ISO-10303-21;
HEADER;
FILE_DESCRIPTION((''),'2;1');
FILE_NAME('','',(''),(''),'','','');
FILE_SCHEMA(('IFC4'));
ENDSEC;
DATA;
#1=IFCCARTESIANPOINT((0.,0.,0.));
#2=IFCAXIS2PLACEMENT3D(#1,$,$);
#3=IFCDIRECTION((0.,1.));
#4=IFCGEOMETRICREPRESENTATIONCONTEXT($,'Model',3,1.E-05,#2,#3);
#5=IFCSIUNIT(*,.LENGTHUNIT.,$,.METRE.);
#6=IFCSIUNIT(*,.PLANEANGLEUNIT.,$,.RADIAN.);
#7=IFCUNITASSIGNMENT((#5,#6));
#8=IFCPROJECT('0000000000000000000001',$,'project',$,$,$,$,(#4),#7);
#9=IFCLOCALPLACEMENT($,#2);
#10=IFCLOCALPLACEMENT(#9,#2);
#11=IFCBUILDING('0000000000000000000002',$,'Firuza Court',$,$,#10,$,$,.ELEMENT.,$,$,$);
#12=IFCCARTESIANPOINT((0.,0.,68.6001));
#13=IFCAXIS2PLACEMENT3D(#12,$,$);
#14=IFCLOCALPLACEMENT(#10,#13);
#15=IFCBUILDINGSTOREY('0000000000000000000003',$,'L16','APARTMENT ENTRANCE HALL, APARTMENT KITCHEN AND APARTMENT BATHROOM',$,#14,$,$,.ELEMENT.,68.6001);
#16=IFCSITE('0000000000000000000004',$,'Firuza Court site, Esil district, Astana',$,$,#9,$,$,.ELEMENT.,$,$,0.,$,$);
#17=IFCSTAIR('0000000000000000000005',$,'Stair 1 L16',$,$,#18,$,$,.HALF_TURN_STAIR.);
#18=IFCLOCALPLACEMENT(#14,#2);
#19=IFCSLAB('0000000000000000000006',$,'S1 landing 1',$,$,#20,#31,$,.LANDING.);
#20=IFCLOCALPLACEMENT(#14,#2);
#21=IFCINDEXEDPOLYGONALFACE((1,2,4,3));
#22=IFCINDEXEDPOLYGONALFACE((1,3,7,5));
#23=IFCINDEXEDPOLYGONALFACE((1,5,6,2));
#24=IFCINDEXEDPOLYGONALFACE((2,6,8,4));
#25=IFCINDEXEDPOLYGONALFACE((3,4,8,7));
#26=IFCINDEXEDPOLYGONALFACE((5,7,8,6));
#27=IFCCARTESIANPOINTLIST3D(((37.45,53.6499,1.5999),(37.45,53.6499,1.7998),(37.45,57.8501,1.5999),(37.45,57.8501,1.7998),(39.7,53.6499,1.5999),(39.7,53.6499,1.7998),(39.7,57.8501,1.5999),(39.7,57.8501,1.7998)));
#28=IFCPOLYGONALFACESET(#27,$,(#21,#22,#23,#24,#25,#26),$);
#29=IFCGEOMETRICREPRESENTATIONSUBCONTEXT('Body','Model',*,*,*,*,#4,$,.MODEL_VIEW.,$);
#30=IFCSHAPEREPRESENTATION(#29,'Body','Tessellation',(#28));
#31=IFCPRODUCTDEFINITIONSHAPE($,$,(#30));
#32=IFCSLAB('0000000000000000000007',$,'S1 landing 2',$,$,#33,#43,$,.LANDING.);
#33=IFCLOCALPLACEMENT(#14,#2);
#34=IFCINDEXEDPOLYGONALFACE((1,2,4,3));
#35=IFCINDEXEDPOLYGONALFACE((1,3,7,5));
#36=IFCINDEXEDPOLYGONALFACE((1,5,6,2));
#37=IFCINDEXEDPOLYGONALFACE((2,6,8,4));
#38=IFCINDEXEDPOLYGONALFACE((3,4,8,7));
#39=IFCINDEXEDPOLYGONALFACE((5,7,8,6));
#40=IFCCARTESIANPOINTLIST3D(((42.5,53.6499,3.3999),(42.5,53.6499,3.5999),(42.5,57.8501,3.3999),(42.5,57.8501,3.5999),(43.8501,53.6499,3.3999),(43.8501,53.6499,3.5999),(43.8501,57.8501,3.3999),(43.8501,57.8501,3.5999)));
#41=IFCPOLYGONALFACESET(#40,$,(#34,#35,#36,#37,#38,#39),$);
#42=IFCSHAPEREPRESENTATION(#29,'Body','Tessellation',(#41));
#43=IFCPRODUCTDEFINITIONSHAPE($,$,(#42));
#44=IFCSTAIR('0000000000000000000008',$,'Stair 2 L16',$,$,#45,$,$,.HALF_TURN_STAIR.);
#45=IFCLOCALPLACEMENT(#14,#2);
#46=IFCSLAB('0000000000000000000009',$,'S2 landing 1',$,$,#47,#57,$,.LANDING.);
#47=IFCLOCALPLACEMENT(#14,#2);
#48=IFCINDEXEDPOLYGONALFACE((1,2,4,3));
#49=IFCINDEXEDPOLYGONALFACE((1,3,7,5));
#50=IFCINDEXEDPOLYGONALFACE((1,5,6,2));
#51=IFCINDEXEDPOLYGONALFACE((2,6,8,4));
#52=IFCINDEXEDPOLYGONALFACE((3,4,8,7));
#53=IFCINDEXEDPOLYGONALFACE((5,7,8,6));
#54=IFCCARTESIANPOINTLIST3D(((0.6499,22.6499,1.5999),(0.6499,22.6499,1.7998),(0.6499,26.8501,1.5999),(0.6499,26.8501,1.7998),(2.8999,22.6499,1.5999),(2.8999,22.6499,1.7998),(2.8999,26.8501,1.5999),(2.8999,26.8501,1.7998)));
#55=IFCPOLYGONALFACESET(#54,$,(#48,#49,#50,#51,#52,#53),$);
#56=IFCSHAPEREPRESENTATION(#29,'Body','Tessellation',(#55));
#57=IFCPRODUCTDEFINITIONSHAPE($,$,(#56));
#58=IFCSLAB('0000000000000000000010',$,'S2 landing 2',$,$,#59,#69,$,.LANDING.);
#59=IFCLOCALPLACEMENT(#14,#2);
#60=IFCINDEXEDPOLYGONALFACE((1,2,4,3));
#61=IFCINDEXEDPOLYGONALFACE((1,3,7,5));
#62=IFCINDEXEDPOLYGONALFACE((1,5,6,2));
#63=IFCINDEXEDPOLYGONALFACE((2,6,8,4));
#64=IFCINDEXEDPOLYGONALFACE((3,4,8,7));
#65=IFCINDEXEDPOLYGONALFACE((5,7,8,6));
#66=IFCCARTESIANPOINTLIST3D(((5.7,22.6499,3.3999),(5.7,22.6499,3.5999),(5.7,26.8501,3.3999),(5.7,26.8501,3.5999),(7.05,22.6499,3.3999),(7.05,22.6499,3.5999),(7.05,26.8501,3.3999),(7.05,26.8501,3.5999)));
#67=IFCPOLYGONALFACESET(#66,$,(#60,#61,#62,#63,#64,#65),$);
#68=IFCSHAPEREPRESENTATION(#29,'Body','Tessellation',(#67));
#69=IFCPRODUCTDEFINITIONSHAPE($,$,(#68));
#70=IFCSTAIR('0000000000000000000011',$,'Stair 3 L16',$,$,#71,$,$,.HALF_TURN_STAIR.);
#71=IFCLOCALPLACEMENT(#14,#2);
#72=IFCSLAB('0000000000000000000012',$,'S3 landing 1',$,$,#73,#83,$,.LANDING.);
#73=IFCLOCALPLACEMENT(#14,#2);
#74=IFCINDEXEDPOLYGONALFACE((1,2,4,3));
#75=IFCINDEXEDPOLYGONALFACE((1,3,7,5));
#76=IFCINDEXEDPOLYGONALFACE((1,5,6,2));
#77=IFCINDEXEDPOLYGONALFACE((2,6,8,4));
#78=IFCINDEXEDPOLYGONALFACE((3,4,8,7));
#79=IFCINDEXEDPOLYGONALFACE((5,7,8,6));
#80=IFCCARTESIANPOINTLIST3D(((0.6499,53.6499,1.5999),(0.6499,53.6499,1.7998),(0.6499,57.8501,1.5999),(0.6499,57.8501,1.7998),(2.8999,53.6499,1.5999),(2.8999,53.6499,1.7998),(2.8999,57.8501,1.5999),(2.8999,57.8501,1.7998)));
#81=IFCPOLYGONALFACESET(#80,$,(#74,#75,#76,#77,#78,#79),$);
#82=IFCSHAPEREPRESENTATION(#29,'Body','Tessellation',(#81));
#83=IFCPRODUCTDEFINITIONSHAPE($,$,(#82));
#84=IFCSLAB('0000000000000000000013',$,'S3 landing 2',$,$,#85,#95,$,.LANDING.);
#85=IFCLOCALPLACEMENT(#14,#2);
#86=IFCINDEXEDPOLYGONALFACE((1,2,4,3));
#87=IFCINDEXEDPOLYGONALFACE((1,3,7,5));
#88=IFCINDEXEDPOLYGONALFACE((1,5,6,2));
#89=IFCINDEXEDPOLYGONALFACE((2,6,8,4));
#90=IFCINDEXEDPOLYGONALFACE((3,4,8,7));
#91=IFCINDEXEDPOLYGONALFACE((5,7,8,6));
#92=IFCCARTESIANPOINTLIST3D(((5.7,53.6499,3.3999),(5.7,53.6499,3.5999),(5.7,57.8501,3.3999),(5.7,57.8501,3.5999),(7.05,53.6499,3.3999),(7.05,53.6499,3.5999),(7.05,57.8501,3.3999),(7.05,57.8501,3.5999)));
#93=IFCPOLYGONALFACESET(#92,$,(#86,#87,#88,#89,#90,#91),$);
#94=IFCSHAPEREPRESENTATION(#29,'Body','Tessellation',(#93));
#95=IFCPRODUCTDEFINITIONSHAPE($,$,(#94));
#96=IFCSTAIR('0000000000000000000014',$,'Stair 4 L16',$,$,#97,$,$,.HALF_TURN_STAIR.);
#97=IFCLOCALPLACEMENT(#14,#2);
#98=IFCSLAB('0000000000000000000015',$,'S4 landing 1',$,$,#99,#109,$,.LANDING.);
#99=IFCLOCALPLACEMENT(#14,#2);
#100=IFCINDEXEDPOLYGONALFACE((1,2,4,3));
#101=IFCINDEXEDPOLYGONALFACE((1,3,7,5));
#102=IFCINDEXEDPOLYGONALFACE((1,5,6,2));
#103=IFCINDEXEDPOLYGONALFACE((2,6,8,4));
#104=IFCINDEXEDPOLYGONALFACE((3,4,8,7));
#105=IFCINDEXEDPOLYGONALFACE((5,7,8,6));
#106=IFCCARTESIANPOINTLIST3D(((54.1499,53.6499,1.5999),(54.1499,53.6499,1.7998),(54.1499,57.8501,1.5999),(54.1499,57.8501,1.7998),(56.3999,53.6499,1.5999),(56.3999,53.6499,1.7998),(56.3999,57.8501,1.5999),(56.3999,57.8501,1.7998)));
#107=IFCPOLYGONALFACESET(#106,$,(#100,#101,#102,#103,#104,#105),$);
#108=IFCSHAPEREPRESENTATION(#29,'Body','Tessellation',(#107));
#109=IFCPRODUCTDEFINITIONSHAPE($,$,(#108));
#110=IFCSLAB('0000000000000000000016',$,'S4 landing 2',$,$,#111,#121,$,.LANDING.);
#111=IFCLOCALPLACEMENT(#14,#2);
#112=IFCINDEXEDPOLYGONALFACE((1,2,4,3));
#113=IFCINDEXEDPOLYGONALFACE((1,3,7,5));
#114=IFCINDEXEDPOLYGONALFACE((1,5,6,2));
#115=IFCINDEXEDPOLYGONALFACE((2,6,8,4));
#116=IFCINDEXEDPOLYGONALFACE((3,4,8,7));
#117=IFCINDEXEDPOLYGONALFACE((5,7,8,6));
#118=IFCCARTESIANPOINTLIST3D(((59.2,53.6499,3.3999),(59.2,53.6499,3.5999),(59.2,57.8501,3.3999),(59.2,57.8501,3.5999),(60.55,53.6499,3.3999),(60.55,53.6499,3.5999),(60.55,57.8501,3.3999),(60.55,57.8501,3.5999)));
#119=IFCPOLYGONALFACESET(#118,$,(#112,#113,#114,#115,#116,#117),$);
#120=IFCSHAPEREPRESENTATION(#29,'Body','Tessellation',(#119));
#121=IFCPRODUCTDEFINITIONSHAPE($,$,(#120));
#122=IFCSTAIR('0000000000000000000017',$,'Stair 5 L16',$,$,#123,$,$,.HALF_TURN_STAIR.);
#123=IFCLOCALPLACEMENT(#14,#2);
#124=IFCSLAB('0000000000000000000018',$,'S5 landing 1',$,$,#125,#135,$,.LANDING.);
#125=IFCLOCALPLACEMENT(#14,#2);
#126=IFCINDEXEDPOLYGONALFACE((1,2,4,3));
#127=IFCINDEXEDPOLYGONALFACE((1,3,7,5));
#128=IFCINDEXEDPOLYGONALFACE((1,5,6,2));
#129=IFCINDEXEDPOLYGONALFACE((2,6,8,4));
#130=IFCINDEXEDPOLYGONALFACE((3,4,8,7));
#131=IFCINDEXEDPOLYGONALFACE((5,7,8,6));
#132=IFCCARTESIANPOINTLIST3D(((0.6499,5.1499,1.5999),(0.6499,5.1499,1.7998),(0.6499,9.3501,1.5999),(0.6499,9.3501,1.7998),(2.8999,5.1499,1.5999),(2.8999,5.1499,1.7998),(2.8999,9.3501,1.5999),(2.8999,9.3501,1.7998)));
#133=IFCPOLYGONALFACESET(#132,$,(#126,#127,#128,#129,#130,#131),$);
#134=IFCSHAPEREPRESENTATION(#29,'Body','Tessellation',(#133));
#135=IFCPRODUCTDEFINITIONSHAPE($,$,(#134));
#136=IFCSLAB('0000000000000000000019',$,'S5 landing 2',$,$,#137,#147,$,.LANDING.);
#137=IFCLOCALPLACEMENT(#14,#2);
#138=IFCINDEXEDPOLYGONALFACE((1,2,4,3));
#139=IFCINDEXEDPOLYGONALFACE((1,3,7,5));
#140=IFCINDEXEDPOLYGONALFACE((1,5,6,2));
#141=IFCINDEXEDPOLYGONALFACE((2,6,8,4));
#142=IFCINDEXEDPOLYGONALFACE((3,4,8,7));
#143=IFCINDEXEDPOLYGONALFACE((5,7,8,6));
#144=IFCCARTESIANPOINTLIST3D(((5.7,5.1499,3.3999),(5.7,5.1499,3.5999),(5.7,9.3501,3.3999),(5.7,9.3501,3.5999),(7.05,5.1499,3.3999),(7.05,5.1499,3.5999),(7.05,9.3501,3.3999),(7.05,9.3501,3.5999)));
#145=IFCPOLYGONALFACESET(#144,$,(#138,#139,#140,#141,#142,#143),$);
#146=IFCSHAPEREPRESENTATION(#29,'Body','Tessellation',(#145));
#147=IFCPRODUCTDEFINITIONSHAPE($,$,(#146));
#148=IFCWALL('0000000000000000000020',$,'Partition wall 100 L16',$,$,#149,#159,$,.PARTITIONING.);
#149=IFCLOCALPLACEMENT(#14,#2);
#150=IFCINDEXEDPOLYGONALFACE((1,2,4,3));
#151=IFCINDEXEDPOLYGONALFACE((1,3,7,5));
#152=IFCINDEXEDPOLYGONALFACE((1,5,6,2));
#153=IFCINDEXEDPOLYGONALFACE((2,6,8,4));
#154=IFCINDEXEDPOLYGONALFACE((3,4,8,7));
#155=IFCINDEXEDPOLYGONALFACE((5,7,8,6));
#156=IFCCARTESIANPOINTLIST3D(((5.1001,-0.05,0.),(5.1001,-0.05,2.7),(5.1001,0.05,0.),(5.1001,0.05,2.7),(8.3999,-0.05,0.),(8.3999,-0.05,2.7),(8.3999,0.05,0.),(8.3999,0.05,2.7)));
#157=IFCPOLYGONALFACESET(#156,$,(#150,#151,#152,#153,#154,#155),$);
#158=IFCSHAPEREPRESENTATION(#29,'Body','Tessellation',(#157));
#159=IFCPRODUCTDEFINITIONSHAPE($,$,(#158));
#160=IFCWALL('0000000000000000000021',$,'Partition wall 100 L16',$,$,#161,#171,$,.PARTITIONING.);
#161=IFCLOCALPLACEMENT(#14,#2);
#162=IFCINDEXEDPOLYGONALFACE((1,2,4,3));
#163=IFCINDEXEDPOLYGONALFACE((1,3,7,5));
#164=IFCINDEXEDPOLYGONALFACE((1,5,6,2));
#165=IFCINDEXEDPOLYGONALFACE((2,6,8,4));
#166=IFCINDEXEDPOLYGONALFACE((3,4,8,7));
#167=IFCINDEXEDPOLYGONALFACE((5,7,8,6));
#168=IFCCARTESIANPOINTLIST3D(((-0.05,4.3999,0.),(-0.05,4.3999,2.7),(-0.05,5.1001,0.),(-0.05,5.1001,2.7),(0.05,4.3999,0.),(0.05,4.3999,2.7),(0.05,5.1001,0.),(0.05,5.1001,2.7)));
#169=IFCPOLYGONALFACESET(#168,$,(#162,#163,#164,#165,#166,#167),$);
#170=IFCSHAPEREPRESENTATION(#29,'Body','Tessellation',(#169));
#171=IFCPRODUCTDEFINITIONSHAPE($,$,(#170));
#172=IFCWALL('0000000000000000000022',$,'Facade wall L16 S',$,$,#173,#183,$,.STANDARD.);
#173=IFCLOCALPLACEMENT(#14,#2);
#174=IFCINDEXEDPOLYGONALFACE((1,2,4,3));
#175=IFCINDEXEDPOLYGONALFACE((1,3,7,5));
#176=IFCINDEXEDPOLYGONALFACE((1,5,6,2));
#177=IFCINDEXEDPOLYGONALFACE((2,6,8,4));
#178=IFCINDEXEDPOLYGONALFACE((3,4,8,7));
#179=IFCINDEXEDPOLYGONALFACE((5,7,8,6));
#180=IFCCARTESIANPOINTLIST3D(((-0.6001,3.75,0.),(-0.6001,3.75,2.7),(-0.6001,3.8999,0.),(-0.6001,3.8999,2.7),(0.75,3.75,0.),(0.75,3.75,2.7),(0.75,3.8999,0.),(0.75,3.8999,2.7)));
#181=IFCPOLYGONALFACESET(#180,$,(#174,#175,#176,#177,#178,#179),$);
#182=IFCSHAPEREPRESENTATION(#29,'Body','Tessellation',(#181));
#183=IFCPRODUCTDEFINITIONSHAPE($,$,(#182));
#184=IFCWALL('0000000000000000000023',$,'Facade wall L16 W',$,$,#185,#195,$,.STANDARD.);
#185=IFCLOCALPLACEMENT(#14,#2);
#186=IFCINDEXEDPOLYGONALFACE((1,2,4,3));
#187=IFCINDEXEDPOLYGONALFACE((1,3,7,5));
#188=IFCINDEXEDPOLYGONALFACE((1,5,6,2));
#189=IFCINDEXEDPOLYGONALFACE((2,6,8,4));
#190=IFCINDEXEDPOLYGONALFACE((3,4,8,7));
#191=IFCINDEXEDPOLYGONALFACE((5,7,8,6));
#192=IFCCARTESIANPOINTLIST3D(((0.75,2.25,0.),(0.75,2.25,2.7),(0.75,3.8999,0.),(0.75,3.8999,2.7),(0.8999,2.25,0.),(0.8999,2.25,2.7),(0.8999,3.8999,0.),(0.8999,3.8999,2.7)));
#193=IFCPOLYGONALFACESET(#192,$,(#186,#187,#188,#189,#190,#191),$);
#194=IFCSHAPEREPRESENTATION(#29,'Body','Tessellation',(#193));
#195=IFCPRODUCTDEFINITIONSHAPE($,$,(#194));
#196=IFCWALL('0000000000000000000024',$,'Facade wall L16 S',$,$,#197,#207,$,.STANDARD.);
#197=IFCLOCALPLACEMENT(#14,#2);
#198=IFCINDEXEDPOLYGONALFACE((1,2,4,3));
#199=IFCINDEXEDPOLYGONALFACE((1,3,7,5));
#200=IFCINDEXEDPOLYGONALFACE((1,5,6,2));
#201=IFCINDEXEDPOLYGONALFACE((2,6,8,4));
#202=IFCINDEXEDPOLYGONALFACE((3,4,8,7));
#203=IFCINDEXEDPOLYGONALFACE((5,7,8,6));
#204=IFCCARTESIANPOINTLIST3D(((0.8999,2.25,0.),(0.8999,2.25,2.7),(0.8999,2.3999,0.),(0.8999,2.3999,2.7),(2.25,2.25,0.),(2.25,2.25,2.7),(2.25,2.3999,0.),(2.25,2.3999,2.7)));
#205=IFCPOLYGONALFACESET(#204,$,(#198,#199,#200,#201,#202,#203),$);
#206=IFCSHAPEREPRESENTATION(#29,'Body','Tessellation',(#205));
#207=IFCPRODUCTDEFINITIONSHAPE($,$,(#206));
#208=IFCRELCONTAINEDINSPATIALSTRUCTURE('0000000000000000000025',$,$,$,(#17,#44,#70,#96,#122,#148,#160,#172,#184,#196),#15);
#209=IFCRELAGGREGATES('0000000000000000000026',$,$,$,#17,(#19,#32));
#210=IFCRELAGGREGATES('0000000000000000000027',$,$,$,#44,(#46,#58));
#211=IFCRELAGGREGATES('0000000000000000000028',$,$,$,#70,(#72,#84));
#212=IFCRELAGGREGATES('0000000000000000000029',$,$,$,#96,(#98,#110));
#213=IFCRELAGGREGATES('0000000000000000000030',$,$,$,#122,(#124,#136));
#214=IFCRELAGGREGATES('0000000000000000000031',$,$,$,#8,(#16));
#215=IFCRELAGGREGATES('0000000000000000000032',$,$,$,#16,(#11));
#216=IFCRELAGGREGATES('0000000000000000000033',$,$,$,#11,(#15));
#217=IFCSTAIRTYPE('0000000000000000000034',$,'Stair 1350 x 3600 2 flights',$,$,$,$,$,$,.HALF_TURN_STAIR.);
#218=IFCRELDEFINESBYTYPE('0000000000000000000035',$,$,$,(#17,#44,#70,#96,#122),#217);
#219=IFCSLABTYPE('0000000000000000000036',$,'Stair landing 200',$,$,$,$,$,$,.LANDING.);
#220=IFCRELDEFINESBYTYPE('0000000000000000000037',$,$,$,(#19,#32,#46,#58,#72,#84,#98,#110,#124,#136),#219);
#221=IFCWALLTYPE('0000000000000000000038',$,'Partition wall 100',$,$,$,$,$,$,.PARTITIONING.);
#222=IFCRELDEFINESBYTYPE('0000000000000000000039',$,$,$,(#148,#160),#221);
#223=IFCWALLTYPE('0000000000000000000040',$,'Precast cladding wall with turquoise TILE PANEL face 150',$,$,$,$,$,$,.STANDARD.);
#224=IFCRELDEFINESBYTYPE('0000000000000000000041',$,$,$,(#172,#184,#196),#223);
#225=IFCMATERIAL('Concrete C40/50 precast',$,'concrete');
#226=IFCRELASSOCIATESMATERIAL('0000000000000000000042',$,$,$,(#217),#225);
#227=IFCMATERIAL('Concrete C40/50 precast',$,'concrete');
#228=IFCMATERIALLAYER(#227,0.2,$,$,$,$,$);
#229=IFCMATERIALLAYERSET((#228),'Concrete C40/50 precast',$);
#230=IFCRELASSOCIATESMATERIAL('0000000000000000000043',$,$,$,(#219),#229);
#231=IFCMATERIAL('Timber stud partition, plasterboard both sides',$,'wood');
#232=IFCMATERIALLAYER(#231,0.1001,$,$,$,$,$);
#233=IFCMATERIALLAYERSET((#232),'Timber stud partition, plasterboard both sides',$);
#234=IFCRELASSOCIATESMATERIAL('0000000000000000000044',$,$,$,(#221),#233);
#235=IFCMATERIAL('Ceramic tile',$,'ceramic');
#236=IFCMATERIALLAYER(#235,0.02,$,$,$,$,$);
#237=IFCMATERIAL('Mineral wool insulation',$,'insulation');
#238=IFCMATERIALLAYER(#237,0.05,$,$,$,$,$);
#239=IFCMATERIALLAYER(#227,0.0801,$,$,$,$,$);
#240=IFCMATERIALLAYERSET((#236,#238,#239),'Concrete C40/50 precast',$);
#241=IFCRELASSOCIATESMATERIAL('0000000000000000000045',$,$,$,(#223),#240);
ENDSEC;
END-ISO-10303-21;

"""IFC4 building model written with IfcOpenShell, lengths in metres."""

from ifc_helpers import new_model, si_unit, direction, frame, frame_2d, origin, place, context, subcontext, project, spatial, polyline, rectangle, outline, extrude, material, layer, layer_set, type_object, element, aggregate, save


model = new_model("IFC4")

# Units and contexts
model_context = context("Model", 3, precision=1e-05, world=origin(), true_north=direction((0.0, 1.0)))
body_context = subcontext(model_context, "Body", "Model", "MODEL_VIEW")
ifc_project = project(units=[si_unit("LENGTHUNIT", "METRE"), si_unit("PLANEANGLEUNIT", "RADIAN")], contexts=[model_context])

# Site, building, storey
site_placement = place(None, origin())
site = spatial("IfcSite", under=ifc_project, at=site_placement, Name="Firuza Court site, Esil district, Astana", CompositionType="ELEMENT", RefElevation=0.0)
building_placement = place(site_placement, origin())
building = spatial("IfcBuilding", under=site, at=building_placement, Name="Firuza Court", CompositionType="ELEMENT")
storey_placement = place(building_placement, frame((0.0, 0.0, 68.6001)))
storey = spatial("IfcBuildingStorey", under=building, at=storey_placement, Name="L16", Description="APARTMENT ENTRANCE HALL, APARTMENT KITCHEN AND APARTMENT BATHROOM", CompositionType="ELEMENT", Elevation=68.6001)

# Stairs, slabs
ifc_material_1 = material(Name="Concrete C40/50 precast", Category="concrete")
stair_type = type_object("IfcStairType", Name="Stair 1350 x 3600 2 flights", PredefinedType="HALF_TURN_STAIR", material=ifc_material_1)
stair_1_placement = place(storey_placement, origin())
stair_1 = element("IfcStair", 1, at=stair_1_placement, inside=storey, type_object=stair_type, Name="Stair 1 L16", PredefinedType="HALF_TURN_STAIR")
ifc_material_2 = material(Name="Concrete C40/50 precast", Category="concrete")
ifc_layer_1 = layer(ifc_material_2, 0.2)
ifc_layer_set_1 = layer_set([ifc_layer_1], Name="Concrete C40/50 precast")
slab_type_1 = type_object("IfcSlabType", Name="Stair landing 200", PredefinedType="LANDING", material=ifc_layer_set_1)
slab_1_placement = place(storey_placement, frame((0.0, 0.0, 1.5999)))
slab_1 = element("IfcSlab", 2, at=slab_1_placement, type_object=slab_type_1, Name="S1 landing 1", PredefinedType="LANDING", context=body_context, shape_type="SweptSolid", body=[
    extrude(outline(polyline([(39.7, 53.6499), (39.7, 57.8501), (37.45, 57.8501), (37.45, 53.6499), (39.7, 53.6499)])), origin(), (0.0, 0.0, 1.0), 0.2),
])
slab_2_placement = place(storey_placement, frame((0.0, 0.0, 3.3999)))
slab_2 = element("IfcSlab", 3, at=slab_2_placement, type_object=slab_type_1, Name="S1 landing 2", PredefinedType="LANDING", context=body_context, shape_type="SweptSolid", body=[
    extrude(outline(polyline([(43.8501, 53.6499), (43.8501, 57.8501), (42.5, 57.8501), (42.5, 53.6499), (43.8501, 53.6499)])), origin(), (0.0, 0.0, 1.0), 0.2),
])
aggregate(stair_1, [slab_1, slab_2])
stair_2_placement = place(storey_placement, origin())
stair_2 = element("IfcStair", 4, at=stair_2_placement, inside=storey, type_object=stair_type, Name="Stair 2 L16", PredefinedType="HALF_TURN_STAIR")
slab_3_placement = place(storey_placement, frame((0.0, 0.0, 1.5999)))
slab_3 = element("IfcSlab", 5, at=slab_3_placement, type_object=slab_type_1, Name="S2 landing 1", PredefinedType="LANDING", context=body_context, shape_type="SweptSolid", body=[
    extrude(outline(polyline([(2.8999, 22.6499), (2.8999, 26.8501), (0.6499, 26.8501), (0.6499, 22.6499), (2.8999, 22.6499)])), origin(), (0.0, 0.0, 1.0), 0.2),
])
slab_4_placement = place(storey_placement, frame((0.0, 0.0, 3.3999)))
slab_4 = element("IfcSlab", 6, at=slab_4_placement, type_object=slab_type_1, Name="S2 landing 2", PredefinedType="LANDING", context=body_context, shape_type="SweptSolid", body=[
    extrude(outline(polyline([(7.05, 22.6499), (7.05, 26.8501), (5.7, 26.8501), (5.7, 22.6499), (7.05, 22.6499)])), origin(), (0.0, 0.0, 1.0), 0.2),
])
aggregate(stair_2, [slab_3, slab_4])
stair_3_placement = place(storey_placement, origin())
stair_3 = element("IfcStair", 7, at=stair_3_placement, inside=storey, type_object=stair_type, Name="Stair 3 L16", PredefinedType="HALF_TURN_STAIR")
slab_5_placement = place(storey_placement, frame((0.0, 0.0, 1.5999)))
slab_5 = element("IfcSlab", 8, at=slab_5_placement, type_object=slab_type_1, Name="S3 landing 1", PredefinedType="LANDING", context=body_context, shape_type="SweptSolid", body=[
    extrude(outline(polyline([(2.8999, 53.6499), (2.8999, 57.8501), (0.6499, 57.8501), (0.6499, 53.6499), (2.8999, 53.6499)])), origin(), (0.0, 0.0, 1.0), 0.2),
])
slab_6_placement = place(storey_placement, frame((0.0, 0.0, 3.3999)))
slab_6 = element("IfcSlab", 9, at=slab_6_placement, type_object=slab_type_1, Name="S3 landing 2", PredefinedType="LANDING", context=body_context, shape_type="SweptSolid", body=[
    extrude(outline(polyline([(7.05, 53.6499), (7.05, 57.8501), (5.7, 57.8501), (5.7, 53.6499), (7.05, 53.6499)])), origin(), (0.0, 0.0, 1.0), 0.2),
])
aggregate(stair_3, [slab_5, slab_6])
stair_4_placement = place(storey_placement, origin())
stair_4 = element("IfcStair", 10, at=stair_4_placement, inside=storey, type_object=stair_type, Name="Stair 4 L16", PredefinedType="HALF_TURN_STAIR")
slab_7_placement = place(storey_placement, frame((0.0, 0.0, 1.5999)))
slab_7 = element("IfcSlab", 11, at=slab_7_placement, type_object=slab_type_1, Name="S4 landing 1", PredefinedType="LANDING", context=body_context, shape_type="SweptSolid", body=[
    extrude(outline(polyline([(56.3999, 53.6499), (56.3999, 57.8501), (54.1499, 57.8501), (54.1499, 53.6499), (56.3999, 53.6499)])), origin(), (0.0, 0.0, 1.0), 0.2),
])
slab_8_placement = place(storey_placement, frame((0.0, 0.0, 3.3999)))
slab_8 = element("IfcSlab", 12, at=slab_8_placement, type_object=slab_type_1, Name="S4 landing 2", PredefinedType="LANDING", context=body_context, shape_type="SweptSolid", body=[
    extrude(outline(polyline([(60.55, 53.6499), (60.55, 57.8501), (59.2, 57.8501), (59.2, 53.6499), (60.55, 53.6499)])), origin(), (0.0, 0.0, 1.0), 0.2),
])
aggregate(stair_4, [slab_7, slab_8])
stair_5_placement = place(storey_placement, origin())
stair_5 = element("IfcStair", 13, at=stair_5_placement, inside=storey, type_object=stair_type, Name="Stair 5 L16", PredefinedType="HALF_TURN_STAIR")
slab_9_placement = place(storey_placement, frame((0.0, 0.0, 1.5999)))
slab_9 = element("IfcSlab", 14, at=slab_9_placement, type_object=slab_type_1, Name="S5 landing 1", PredefinedType="LANDING", context=body_context, shape_type="SweptSolid", body=[
    extrude(outline(polyline([(2.8999, 5.1499), (2.8999, 9.3501), (0.6499, 9.3501), (0.6499, 5.1499), (2.8999, 5.1499)])), origin(), (0.0, 0.0, 1.0), 0.2),
])
slab_10_placement = place(storey_placement, frame((0.0, 0.0, 3.3999)))
slab_10 = element("IfcSlab", 15, at=slab_10_placement, type_object=slab_type_1, Name="S5 landing 2", PredefinedType="LANDING", context=body_context, shape_type="SweptSolid", body=[
    extrude(outline(polyline([(7.05, 5.1499), (7.05, 9.3501), (5.7, 9.3501), (5.7, 5.1499), (7.05, 5.1499)])), origin(), (0.0, 0.0, 1.0), 0.2),
])
aggregate(stair_5, [slab_9, slab_10])

# Walls
ifc_material_3 = material(Name="Timber stud partition, plasterboard both sides", Category="wood")
ifc_layer_2 = layer(ifc_material_3, 0.1001)
ifc_layer_set_2 = layer_set([ifc_layer_2], Name="Timber stud partition, plasterboard both sides")
wall_type_1 = type_object("IfcWallType", Name="Partition wall 100", PredefinedType="PARTITIONING", material=ifc_layer_set_2)
wall_1_placement = place(storey_placement, frame((5.1001, 0.0, 0.0), z_axis=(0.0, 0.0, 1.0), x_axis=(1.0, 0.0, 0.0)))
element("IfcWall", 16, at=wall_1_placement, inside=storey, type_object=wall_type_1, Name="Partition wall 100 L16", PredefinedType="PARTITIONING", context=body_context, shape_type="SweptSolid", body=[
    extrude(rectangle(XDim=3.2998, YDim=0.1001, at=frame_2d((1.6499, 0.0))), origin(), (0.0, 0.0, 1.0), 2.7),
])
wall_2_placement = place(storey_placement, frame((0.0, 4.3999, 0.0), z_axis=(0.0, 0.0, 1.0), x_axis=(0.0, 1.0, 0.0)))
element("IfcWall", 17, at=wall_2_placement, inside=storey, type_object=wall_type_1, Name="Partition wall 100 L16", PredefinedType="PARTITIONING", context=body_context, shape_type="SweptSolid", body=[
    extrude(rectangle(XDim=0.7002, YDim=0.1001, at=frame_2d((0.3501, 0.0))), origin(), (0.0, 0.0, 1.0), 2.7),
])
ifc_material_4 = material(Name="Ceramic tile", Category="ceramic")
ifc_layer_3 = layer(ifc_material_4, 0.02)
ifc_material_5 = material(Name="Mineral wool insulation", Category="insulation")
ifc_layer_4 = layer(ifc_material_5, 0.05)
ifc_layer_5 = layer(ifc_material_2, 0.0801)
ifc_layer_set_3 = layer_set([ifc_layer_3, ifc_layer_4, ifc_layer_5], Name="Concrete C40/50 precast")
wall_type_2 = type_object("IfcWallType", Name="Precast cladding wall with turquoise TILE PANEL face 150", PredefinedType="STANDARD", material=ifc_layer_set_3)
wall_3_placement = place(storey_placement, frame((-0.6001, 3.825, 0.0), z_axis=(0.0, 0.0, 1.0), x_axis=(1.0, 0.0, 0.0)))
element("IfcWall", 18, at=wall_3_placement, inside=storey, type_object=wall_type_2, Name="Facade wall L16 S", PredefinedType="STANDARD", context=body_context, shape_type="SweptSolid", body=[
    extrude(rectangle(XDim=1.3501, YDim=0.1499, at=frame_2d((0.675, 0.0))), origin(), (0.0, 0.0, 1.0), 2.7),
])
wall_4_placement = place(storey_placement, frame((0.825, 3.8999, 0.0), z_axis=(0.0, 0.0, 1.0), x_axis=(0.0, -1.0, 0.0)))
element("IfcWall", 19, at=wall_4_placement, inside=storey, type_object=wall_type_2, Name="Facade wall L16 W", PredefinedType="STANDARD", context=body_context, shape_type="SweptSolid", body=[
    extrude(rectangle(XDim=1.6499, YDim=0.1499, at=frame_2d((0.825, 0.0))), origin(), (0.0, 0.0, 1.0), 2.7),
])
wall_5_placement = place(storey_placement, frame((0.8999, 2.325, 0.0), z_axis=(0.0, 0.0, 1.0), x_axis=(1.0, 0.0, 0.0)))
element("IfcWall", 20, at=wall_5_placement, inside=storey, type_object=wall_type_2, Name="Facade wall L16 S", PredefinedType="STANDARD", context=body_context, shape_type="SweptSolid", body=[
    extrude(rectangle(XDim=1.3501, YDim=0.1499, at=frame_2d((0.675, 0.0))), origin(), (0.0, 0.0, 1.0), 2.7),
])

save(model, "model.ifc")
